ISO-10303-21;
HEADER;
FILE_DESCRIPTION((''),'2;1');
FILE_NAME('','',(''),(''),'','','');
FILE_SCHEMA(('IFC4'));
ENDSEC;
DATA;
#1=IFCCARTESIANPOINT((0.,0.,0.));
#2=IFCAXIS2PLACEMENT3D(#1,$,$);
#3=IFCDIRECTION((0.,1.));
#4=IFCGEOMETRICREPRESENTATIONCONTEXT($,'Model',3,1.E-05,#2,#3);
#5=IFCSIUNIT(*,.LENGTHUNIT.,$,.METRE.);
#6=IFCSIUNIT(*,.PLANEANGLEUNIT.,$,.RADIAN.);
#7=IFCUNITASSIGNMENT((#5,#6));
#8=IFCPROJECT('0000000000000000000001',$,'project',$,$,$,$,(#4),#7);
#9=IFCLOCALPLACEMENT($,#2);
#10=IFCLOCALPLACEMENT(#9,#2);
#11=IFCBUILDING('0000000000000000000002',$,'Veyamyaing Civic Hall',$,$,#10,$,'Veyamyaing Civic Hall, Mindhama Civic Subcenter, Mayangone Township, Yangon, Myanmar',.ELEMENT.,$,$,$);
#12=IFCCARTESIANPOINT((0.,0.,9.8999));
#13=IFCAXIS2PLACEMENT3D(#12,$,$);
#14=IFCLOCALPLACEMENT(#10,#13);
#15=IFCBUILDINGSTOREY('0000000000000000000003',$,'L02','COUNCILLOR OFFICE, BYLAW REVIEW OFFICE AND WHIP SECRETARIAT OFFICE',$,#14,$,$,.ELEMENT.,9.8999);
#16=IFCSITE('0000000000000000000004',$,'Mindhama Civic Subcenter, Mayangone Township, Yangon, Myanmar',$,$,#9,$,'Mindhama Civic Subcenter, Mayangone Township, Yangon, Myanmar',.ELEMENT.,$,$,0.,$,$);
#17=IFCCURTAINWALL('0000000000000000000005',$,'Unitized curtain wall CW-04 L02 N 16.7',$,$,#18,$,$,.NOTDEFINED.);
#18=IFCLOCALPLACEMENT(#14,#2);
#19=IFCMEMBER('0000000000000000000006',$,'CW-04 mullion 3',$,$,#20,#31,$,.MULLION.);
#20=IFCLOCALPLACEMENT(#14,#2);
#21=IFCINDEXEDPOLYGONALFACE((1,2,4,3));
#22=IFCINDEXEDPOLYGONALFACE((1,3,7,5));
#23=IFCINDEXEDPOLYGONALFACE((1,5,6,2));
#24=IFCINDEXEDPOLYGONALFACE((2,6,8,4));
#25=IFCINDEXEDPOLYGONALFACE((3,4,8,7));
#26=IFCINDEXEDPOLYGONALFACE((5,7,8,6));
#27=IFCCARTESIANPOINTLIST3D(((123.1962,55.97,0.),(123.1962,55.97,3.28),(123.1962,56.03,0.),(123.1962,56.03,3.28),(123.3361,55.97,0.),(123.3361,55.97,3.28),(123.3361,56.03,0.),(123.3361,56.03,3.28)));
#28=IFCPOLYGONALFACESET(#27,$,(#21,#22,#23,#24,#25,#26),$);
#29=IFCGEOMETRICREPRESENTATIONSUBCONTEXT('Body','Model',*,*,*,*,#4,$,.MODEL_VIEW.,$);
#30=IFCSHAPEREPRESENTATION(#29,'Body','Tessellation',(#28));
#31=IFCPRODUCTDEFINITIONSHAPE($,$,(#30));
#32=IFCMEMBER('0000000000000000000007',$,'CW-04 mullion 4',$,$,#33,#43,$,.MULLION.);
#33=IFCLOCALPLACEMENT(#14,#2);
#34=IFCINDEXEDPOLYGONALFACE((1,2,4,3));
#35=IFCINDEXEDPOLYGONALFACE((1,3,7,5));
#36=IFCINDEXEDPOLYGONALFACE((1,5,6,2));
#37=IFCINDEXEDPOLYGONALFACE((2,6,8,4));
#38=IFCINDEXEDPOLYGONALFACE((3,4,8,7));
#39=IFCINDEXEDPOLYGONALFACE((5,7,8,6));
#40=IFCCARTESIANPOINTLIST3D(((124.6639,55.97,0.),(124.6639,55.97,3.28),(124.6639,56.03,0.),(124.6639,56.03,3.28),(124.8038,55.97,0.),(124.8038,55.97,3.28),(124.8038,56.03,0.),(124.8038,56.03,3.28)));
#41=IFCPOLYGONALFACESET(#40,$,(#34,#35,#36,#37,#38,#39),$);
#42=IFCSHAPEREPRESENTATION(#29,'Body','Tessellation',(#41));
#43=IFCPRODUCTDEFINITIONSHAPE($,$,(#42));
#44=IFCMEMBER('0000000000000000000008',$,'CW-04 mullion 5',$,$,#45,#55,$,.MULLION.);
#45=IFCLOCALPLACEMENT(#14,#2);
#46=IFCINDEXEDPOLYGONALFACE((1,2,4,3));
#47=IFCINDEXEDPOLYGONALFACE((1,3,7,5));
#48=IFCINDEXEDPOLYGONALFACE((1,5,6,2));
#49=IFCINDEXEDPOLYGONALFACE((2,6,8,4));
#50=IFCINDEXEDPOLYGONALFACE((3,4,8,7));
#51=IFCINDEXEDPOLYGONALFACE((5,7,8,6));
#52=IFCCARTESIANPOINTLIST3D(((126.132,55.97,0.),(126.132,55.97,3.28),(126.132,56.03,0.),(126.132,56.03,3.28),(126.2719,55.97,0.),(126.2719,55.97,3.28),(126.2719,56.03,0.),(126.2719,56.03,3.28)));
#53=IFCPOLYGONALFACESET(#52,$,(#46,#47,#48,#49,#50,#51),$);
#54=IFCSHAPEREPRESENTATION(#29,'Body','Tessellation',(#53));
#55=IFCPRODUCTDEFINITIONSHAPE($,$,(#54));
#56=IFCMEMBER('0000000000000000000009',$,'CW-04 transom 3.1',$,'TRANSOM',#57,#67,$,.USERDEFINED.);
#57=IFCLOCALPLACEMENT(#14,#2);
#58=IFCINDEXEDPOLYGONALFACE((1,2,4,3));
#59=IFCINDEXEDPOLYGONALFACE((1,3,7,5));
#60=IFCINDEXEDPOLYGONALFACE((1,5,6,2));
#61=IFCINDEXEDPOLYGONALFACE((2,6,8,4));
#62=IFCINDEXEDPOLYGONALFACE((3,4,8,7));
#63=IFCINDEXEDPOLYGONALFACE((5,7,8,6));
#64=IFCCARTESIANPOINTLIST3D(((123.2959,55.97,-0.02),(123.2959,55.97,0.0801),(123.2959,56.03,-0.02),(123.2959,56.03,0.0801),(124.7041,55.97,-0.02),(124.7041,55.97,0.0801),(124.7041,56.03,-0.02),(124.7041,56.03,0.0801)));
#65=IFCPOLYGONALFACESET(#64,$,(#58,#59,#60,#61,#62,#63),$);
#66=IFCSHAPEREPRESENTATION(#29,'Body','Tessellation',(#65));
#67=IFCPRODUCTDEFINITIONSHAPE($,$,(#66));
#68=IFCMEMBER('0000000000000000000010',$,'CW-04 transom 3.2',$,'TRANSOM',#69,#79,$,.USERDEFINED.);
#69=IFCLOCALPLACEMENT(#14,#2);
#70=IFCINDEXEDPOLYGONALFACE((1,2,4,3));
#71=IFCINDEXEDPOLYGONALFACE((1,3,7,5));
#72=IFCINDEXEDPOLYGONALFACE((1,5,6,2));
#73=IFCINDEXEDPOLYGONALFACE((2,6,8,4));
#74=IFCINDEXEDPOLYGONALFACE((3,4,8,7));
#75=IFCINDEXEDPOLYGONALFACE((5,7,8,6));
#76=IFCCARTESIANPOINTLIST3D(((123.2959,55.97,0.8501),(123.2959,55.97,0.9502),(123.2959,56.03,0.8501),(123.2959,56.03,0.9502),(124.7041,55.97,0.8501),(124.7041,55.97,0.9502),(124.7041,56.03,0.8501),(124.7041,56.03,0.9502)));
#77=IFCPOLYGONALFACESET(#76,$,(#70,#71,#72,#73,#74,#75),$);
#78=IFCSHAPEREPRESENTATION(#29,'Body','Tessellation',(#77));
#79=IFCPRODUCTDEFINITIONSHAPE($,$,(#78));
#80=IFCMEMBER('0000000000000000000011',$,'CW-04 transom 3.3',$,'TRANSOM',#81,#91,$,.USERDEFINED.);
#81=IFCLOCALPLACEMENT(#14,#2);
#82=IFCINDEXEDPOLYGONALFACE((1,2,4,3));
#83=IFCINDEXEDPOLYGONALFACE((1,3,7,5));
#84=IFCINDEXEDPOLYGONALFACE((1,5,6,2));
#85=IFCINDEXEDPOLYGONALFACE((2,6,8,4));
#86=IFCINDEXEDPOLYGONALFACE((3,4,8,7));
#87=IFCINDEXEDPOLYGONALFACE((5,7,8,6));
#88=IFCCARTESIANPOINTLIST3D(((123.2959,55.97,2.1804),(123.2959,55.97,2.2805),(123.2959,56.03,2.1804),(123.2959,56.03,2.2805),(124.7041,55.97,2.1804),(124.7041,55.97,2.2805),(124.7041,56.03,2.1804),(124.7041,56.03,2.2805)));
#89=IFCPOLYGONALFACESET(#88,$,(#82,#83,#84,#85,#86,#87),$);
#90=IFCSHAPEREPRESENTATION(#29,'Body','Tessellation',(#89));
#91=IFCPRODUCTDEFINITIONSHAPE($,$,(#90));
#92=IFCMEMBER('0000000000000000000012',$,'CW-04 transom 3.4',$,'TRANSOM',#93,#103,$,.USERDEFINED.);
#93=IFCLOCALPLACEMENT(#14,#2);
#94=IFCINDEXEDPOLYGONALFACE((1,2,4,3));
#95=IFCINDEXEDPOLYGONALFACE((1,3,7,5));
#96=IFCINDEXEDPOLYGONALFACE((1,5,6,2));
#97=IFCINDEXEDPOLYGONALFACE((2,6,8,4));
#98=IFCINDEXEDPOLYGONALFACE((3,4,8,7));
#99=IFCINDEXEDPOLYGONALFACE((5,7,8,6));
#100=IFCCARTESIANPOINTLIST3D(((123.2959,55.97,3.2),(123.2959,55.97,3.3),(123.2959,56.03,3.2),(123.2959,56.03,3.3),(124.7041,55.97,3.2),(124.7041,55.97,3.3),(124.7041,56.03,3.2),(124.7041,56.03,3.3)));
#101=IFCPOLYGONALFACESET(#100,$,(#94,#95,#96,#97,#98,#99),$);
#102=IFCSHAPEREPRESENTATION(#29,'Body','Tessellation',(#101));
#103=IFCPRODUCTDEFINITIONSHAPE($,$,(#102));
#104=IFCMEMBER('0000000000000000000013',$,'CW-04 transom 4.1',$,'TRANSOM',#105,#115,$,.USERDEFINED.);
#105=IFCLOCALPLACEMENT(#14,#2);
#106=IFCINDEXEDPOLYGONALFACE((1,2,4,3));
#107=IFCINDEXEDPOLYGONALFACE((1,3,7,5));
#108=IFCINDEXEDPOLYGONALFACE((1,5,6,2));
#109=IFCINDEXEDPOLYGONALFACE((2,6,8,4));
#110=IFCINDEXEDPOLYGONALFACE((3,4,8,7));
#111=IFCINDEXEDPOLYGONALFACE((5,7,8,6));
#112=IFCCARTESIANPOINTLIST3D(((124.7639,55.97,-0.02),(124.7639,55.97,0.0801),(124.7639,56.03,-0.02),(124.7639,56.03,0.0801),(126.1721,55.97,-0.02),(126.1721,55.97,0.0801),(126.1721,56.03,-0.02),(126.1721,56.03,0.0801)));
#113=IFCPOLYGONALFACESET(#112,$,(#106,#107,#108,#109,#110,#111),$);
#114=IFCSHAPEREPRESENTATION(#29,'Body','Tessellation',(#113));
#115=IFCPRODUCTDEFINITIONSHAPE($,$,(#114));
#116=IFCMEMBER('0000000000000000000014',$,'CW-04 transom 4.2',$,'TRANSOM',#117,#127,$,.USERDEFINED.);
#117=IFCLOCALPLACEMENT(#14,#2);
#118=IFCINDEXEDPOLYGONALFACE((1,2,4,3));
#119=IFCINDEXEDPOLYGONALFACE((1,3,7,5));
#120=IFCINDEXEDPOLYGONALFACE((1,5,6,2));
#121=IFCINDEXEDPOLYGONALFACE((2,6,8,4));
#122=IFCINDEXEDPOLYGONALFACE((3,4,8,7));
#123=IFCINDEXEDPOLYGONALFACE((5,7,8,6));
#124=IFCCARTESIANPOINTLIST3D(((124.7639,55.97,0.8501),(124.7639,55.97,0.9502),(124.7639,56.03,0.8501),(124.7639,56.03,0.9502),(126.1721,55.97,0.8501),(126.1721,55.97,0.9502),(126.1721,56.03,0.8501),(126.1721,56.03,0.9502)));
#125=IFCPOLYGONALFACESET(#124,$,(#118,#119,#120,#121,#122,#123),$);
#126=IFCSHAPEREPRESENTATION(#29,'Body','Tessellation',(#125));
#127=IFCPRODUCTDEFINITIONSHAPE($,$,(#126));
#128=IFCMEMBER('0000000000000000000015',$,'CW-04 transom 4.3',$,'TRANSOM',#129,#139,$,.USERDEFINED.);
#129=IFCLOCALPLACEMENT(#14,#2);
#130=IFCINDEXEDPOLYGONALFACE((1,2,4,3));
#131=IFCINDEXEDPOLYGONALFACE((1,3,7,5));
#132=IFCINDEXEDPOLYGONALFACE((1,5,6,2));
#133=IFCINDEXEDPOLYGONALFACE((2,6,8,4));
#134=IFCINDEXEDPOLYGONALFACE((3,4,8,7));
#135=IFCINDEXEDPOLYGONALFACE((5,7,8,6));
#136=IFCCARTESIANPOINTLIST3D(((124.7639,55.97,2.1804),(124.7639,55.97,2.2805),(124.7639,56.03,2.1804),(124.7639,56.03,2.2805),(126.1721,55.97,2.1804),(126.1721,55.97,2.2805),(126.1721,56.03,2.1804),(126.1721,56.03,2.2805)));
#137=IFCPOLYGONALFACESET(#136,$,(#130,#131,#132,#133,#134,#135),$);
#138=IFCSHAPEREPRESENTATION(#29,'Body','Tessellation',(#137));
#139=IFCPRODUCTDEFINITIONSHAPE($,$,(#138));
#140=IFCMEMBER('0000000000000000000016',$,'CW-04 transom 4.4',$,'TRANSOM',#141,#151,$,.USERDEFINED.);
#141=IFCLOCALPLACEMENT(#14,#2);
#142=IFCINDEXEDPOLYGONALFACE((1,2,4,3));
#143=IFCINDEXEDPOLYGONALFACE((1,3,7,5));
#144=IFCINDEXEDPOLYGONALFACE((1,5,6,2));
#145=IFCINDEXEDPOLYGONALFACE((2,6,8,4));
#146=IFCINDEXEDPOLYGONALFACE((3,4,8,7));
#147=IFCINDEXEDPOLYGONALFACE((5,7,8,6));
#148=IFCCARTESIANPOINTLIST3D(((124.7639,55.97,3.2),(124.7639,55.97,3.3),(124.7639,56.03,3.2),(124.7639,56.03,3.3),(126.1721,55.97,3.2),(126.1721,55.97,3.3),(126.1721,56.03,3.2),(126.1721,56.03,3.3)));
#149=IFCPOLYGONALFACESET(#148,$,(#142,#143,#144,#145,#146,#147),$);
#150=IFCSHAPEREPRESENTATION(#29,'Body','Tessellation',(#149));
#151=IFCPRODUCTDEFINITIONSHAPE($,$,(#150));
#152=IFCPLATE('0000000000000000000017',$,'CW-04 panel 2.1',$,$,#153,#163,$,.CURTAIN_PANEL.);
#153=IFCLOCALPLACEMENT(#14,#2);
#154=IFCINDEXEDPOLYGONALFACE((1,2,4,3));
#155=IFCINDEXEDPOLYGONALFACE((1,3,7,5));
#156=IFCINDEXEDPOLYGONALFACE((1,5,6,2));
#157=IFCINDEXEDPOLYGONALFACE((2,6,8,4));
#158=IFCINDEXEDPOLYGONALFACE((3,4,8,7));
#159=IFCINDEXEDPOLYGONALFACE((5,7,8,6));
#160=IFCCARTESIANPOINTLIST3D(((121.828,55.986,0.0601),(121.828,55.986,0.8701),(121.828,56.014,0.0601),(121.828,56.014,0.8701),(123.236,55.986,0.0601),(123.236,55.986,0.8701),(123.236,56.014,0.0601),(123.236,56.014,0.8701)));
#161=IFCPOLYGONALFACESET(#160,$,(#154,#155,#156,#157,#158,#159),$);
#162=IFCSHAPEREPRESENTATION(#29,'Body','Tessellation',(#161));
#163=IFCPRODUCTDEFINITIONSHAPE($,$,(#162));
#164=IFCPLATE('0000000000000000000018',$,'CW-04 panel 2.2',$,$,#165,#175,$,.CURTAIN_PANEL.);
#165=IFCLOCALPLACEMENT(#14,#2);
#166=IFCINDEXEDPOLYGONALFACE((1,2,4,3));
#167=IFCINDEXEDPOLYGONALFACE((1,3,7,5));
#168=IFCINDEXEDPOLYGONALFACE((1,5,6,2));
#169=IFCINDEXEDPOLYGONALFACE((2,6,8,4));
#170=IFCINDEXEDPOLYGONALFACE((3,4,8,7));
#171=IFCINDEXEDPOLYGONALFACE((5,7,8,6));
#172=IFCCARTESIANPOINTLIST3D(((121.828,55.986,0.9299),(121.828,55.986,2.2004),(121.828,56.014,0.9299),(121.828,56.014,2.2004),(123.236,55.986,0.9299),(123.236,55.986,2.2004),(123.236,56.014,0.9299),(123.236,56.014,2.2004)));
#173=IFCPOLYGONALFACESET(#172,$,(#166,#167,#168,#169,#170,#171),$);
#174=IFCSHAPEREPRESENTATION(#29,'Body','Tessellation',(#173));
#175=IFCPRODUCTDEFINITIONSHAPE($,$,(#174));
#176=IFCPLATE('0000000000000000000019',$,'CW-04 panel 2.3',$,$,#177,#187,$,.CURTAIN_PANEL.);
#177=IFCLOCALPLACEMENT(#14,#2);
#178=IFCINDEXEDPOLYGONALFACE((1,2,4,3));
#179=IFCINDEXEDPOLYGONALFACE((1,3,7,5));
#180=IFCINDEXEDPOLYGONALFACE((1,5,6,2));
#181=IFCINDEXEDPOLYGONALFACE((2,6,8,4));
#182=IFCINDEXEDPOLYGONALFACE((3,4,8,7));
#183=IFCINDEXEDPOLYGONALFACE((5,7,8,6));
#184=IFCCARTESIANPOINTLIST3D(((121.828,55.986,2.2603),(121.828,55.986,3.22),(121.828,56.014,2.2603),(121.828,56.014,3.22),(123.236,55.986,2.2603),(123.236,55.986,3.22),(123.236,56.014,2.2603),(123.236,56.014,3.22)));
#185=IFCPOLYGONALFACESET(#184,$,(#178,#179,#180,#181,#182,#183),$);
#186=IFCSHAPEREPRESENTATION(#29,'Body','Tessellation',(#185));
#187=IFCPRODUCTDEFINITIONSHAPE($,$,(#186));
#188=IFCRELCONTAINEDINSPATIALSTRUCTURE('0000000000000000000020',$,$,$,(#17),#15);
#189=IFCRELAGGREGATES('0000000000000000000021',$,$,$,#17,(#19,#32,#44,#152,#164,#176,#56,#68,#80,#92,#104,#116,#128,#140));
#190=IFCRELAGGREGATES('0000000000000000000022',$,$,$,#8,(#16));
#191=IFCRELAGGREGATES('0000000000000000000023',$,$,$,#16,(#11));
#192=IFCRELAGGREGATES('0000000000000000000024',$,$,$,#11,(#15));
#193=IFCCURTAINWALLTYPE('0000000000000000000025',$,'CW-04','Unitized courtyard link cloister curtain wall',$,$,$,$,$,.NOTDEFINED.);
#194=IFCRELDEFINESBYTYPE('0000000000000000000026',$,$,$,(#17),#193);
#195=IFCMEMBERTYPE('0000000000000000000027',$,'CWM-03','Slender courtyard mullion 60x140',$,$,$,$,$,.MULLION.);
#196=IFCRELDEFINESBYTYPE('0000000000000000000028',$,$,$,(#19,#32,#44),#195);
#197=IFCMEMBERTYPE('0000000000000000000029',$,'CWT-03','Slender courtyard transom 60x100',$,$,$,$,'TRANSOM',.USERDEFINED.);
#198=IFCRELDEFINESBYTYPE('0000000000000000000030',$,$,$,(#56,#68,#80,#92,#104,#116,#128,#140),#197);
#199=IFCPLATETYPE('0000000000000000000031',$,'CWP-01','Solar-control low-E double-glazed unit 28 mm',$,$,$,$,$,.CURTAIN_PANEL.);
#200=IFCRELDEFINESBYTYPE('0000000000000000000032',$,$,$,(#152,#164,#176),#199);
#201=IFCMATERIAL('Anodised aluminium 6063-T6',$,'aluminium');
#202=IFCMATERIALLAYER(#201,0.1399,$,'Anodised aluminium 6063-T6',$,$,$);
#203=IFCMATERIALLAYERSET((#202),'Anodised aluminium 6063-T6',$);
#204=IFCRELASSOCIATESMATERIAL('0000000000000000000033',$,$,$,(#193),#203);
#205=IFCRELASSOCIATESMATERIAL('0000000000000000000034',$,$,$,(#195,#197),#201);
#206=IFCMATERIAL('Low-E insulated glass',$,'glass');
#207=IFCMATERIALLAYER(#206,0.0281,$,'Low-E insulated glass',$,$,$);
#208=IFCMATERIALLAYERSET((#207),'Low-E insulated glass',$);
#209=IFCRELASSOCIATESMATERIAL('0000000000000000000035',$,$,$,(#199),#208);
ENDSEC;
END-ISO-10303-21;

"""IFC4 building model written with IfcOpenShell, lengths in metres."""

from ifc_helpers import new_model, si_unit, direction, frame, origin, origin_2d, place, context, subcontext, project, spatial, rectangle, extrude, material, layer, layer_set, material_profile, profile_set, type_object, element, aggregate, save


model = new_model("IFC4")

# Units and contexts
model_context = context("Model", 3, precision=1e-05, world=origin(), true_north=direction((0.0, 1.0)))
body_context = subcontext(model_context, "Body", "Model", "MODEL_VIEW")
ifc_project = project(units=[si_unit("LENGTHUNIT", "METRE"), si_unit("PLANEANGLEUNIT", "RADIAN")], contexts=[model_context])

# Site, building, storey
site_placement = place(None, origin())
site = spatial("IfcSite", under=ifc_project, at=site_placement, Name="Mindhama Civic Subcenter, Mayangone Township, Yangon, Myanmar", LongName="Mindhama Civic Subcenter, Mayangone Township, Yangon, Myanmar", CompositionType="ELEMENT", RefElevation=0.0)
building_placement = place(site_placement, origin())
building = spatial("IfcBuilding", under=site, at=building_placement, Name="Veyamyaing Civic Hall", LongName="Veyamyaing Civic Hall, Mindhama Civic Subcenter, Mayangone Township, Yangon, Myanmar", CompositionType="ELEMENT")
storey_placement = place(building_placement, frame((0.0, 0.0, 9.8999)))
storey = spatial("IfcBuildingStorey", under=building, at=storey_placement, Name="L02", Description="COUNCILLOR OFFICE, BYLAW REVIEW OFFICE AND WHIP SECRETARIAT OFFICE", CompositionType="ELEMENT", Elevation=9.8999)

# Curtain wall, members, plates
ifc_material_1 = material(Name="Anodised aluminium 6063-T6", Category="aluminium")
ifc_layer_1 = layer(ifc_material_1, 0.1399, Name="Anodised aluminium 6063-T6")
ifc_layer_set_1 = layer_set([ifc_layer_1], Name="Anodised aluminium 6063-T6")
curtain_wall_type = type_object("IfcCurtainWallType", Name="CW-04", Description="Unitized courtyard link cloister curtain wall", PredefinedType="NOTDEFINED", material=ifc_layer_set_1)
curtain_wall_placement = place(storey_placement, origin())
curtain_wall = element("IfcCurtainWall", 1, at=curtain_wall_placement, inside=storey, type_object=curtain_wall_type, Name="Unitized curtain wall CW-04 L02 N 16.7", PredefinedType="NOTDEFINED")
ifc_material_profile_1 = material_profile(ifc_material_1, rectangle(XDim=0.0601, YDim=0.1399, at=origin_2d()), Name="ALU-MUL-60X140")
ifc_profile_set_1 = profile_set([ifc_material_profile_1], Name="Anodised aluminium 6063-T6")
member_type_1 = type_object("IfcMemberType", Name="CWM-03", Description="Slender courtyard mullion 60x140", PredefinedType="MULLION", material=ifc_profile_set_1)
member_1_placement = place(storey_placement, frame((123.2661, 56.0, 0.0), z_axis=(0.0, 0.0, 1.0), x_axis=(0.0, 1.0, 0.0)))
member_1 = element("IfcMember", 2, at=member_1_placement, type_object=member_type_1, Name="CW-04 mullion 3", PredefinedType="MULLION", context=body_context, shape_type="SweptSolid", body=[
    extrude(rectangle(XDim=0.0601, YDim=0.1399, at=origin_2d()), origin(), (0.0, 0.0, 1.0), 3.28),
])
member_2_placement = place(storey_placement, frame((124.7339, 56.0, 0.0), z_axis=(0.0, 0.0, 1.0), x_axis=(0.0, 1.0, 0.0)))
member_2 = element("IfcMember", 3, at=member_2_placement, type_object=member_type_1, Name="CW-04 mullion 4", PredefinedType="MULLION", context=body_context, shape_type="SweptSolid", body=[
    extrude(rectangle(XDim=0.0601, YDim=0.1399, at=origin_2d()), origin(), (0.0, 0.0, 1.0), 3.28),
])
member_3_placement = place(storey_placement, frame((126.2019, 56.0, 0.0), z_axis=(0.0, 0.0, 1.0), x_axis=(0.0, 1.0, 0.0)))
member_3 = element("IfcMember", 4, at=member_3_placement, type_object=member_type_1, Name="CW-04 mullion 5", PredefinedType="MULLION", context=body_context, shape_type="SweptSolid", body=[
    extrude(rectangle(XDim=0.0601, YDim=0.1399, at=origin_2d()), origin(), (0.0, 0.0, 1.0), 3.28),
])
ifc_material_profile_2 = material_profile(ifc_material_1, rectangle(XDim=0.0601, YDim=0.1001, at=origin_2d()), Name="ALU-TRN-60X100")
ifc_profile_set_2 = profile_set([ifc_material_profile_2], Name="Anodised aluminium 6063-T6")
member_type_2 = type_object("IfcMemberType", Name="CWT-03", Description="Slender courtyard transom 60x100", ElementType="TRANSOM", PredefinedType="USERDEFINED", material=ifc_profile_set_2)
member_4_placement = place(storey_placement, frame((123.2959, 56.0, 0.03), z_axis=(1.0, 0.0, 0.0), x_axis=(0.0, 1.0, 0.0)))
member_4 = element("IfcMember", 5, at=member_4_placement, type_object=member_type_2, Name="CW-04 transom 3.1", ObjectType="TRANSOM", PredefinedType="USERDEFINED", context=body_context, shape_type="SweptSolid", body=[
    extrude(rectangle(XDim=0.0601, YDim=0.1001, at=origin_2d()), origin(), (0.0, 0.0, 1.0), 1.4082),
])
member_5_placement = place(storey_placement, frame((123.2959, 56.0, 0.9001), z_axis=(1.0, 0.0, 0.0), x_axis=(0.0, 1.0, 0.0)))
member_5 = element("IfcMember", 6, at=member_5_placement, type_object=member_type_2, Name="CW-04 transom 3.2", ObjectType="TRANSOM", PredefinedType="USERDEFINED", context=body_context, shape_type="SweptSolid", body=[
    extrude(rectangle(XDim=0.0601, YDim=0.1001, at=origin_2d()), origin(), (0.0, 0.0, 1.0), 1.4082),
])
member_6_placement = place(storey_placement, frame((123.2959, 56.0, 2.2305), z_axis=(1.0, 0.0, 0.0), x_axis=(0.0, 1.0, 0.0)))
member_6 = element("IfcMember", 7, at=member_6_placement, type_object=member_type_2, Name="CW-04 transom 3.3", ObjectType="TRANSOM", PredefinedType="USERDEFINED", context=body_context, shape_type="SweptSolid", body=[
    extrude(rectangle(XDim=0.0601, YDim=0.1001, at=origin_2d()), origin(), (0.0, 0.0, 1.0), 1.4082),
])
member_7_placement = place(storey_placement, frame((123.2959, 56.0, 3.25), z_axis=(1.0, 0.0, 0.0), x_axis=(0.0, 1.0, 0.0)))
member_7 = element("IfcMember", 8, at=member_7_placement, type_object=member_type_2, Name="CW-04 transom 3.4", ObjectType="TRANSOM", PredefinedType="USERDEFINED", context=body_context, shape_type="SweptSolid", body=[
    extrude(rectangle(XDim=0.0601, YDim=0.1001, at=origin_2d()), origin(), (0.0, 0.0, 1.0), 1.4082),
])
member_8_placement = place(storey_placement, frame((124.7639, 56.0, 0.03), z_axis=(1.0, 0.0, 0.0), x_axis=(0.0, 1.0, 0.0)))
member_8 = element("IfcMember", 9, at=member_8_placement, type_object=member_type_2, Name="CW-04 transom 4.1", ObjectType="TRANSOM", PredefinedType="USERDEFINED", context=body_context, shape_type="SweptSolid", body=[
    extrude(rectangle(XDim=0.0601, YDim=0.1001, at=origin_2d()), origin(), (0.0, 0.0, 1.0), 1.4082),
])
member_9_placement = place(storey_placement, frame((124.7639, 56.0, 0.9001), z_axis=(1.0, 0.0, 0.0), x_axis=(0.0, 1.0, 0.0)))
member_9 = element("IfcMember", 10, at=member_9_placement, type_object=member_type_2, Name="CW-04 transom 4.2", ObjectType="TRANSOM", PredefinedType="USERDEFINED", context=body_context, shape_type="SweptSolid", body=[
    extrude(rectangle(XDim=0.0601, YDim=0.1001, at=origin_2d()), origin(), (0.0, 0.0, 1.0), 1.4082),
])
member_10_placement = place(storey_placement, frame((124.7639, 56.0, 2.2305), z_axis=(1.0, 0.0, 0.0), x_axis=(0.0, 1.0, 0.0)))
member_10 = element("IfcMember", 11, at=member_10_placement, type_object=member_type_2, Name="CW-04 transom 4.3", ObjectType="TRANSOM", PredefinedType="USERDEFINED", context=body_context, shape_type="SweptSolid", body=[
    extrude(rectangle(XDim=0.0601, YDim=0.1001, at=origin_2d()), origin(), (0.0, 0.0, 1.0), 1.4082),
])
member_11_placement = place(storey_placement, frame((124.7639, 56.0, 3.25), z_axis=(1.0, 0.0, 0.0), x_axis=(0.0, 1.0, 0.0)))
member_11 = element("IfcMember", 12, at=member_11_placement, type_object=member_type_2, Name="CW-04 transom 4.4", ObjectType="TRANSOM", PredefinedType="USERDEFINED", context=body_context, shape_type="SweptSolid", body=[
    extrude(rectangle(XDim=0.0601, YDim=0.1001, at=origin_2d()), origin(), (0.0, 0.0, 1.0), 1.4082),
])
ifc_material_2 = material(Name="Low-E insulated glass", Category="glass")
ifc_layer_2 = layer(ifc_material_2, 0.0281, Name="Low-E insulated glass")
ifc_layer_set_2 = layer_set([ifc_layer_2], Name="Low-E insulated glass")
plate_type = type_object("IfcPlateType", Name="CWP-01", Description="Solar-control low-E double-glazed unit 28 mm", PredefinedType="CURTAIN_PANEL", material=ifc_layer_set_2)
plate_1_placement = place(storey_placement, frame((122.532, 56.0, 0.0601), z_axis=(0.0, 0.0, 1.0), x_axis=(1.0, 0.0, 0.0)))
plate_1 = element("IfcPlate", 13, at=plate_1_placement, type_object=plate_type, Name="CW-04 panel 2.1", PredefinedType="CURTAIN_PANEL", context=body_context, shape_type="SweptSolid", body=[
    extrude(rectangle(XDim=1.408, YDim=0.0281, at=origin_2d()), origin(), (0.0, 0.0, 1.0), 0.8101),
])
plate_2_placement = place(storey_placement, frame((122.532, 56.0, 0.9299), z_axis=(0.0, 0.0, 1.0), x_axis=(1.0, 0.0, 0.0)))
plate_2 = element("IfcPlate", 14, at=plate_2_placement, type_object=plate_type, Name="CW-04 panel 2.2", PredefinedType="CURTAIN_PANEL", context=body_context, shape_type="SweptSolid", body=[
    extrude(rectangle(XDim=1.408, YDim=0.0281, at=origin_2d()), origin(), (0.0, 0.0, 1.0), 1.2705),
])
plate_3_placement = place(storey_placement, frame((122.532, 56.0, 2.2603), z_axis=(0.0, 0.0, 1.0), x_axis=(1.0, 0.0, 0.0)))
plate_3 = element("IfcPlate", 15, at=plate_3_placement, type_object=plate_type, Name="CW-04 panel 2.3", PredefinedType="CURTAIN_PANEL", context=body_context, shape_type="SweptSolid", body=[
    extrude(rectangle(XDim=1.408, YDim=0.0281, at=origin_2d()), origin(), (0.0, 0.0, 1.0), 0.9597),
])
aggregate(curtain_wall, [member_1, member_2, member_3, plate_1, plate_2, plate_3, member_4, member_5, member_6, member_7, member_8, member_9, member_10, member_11])

save(model, "model.ifc")
